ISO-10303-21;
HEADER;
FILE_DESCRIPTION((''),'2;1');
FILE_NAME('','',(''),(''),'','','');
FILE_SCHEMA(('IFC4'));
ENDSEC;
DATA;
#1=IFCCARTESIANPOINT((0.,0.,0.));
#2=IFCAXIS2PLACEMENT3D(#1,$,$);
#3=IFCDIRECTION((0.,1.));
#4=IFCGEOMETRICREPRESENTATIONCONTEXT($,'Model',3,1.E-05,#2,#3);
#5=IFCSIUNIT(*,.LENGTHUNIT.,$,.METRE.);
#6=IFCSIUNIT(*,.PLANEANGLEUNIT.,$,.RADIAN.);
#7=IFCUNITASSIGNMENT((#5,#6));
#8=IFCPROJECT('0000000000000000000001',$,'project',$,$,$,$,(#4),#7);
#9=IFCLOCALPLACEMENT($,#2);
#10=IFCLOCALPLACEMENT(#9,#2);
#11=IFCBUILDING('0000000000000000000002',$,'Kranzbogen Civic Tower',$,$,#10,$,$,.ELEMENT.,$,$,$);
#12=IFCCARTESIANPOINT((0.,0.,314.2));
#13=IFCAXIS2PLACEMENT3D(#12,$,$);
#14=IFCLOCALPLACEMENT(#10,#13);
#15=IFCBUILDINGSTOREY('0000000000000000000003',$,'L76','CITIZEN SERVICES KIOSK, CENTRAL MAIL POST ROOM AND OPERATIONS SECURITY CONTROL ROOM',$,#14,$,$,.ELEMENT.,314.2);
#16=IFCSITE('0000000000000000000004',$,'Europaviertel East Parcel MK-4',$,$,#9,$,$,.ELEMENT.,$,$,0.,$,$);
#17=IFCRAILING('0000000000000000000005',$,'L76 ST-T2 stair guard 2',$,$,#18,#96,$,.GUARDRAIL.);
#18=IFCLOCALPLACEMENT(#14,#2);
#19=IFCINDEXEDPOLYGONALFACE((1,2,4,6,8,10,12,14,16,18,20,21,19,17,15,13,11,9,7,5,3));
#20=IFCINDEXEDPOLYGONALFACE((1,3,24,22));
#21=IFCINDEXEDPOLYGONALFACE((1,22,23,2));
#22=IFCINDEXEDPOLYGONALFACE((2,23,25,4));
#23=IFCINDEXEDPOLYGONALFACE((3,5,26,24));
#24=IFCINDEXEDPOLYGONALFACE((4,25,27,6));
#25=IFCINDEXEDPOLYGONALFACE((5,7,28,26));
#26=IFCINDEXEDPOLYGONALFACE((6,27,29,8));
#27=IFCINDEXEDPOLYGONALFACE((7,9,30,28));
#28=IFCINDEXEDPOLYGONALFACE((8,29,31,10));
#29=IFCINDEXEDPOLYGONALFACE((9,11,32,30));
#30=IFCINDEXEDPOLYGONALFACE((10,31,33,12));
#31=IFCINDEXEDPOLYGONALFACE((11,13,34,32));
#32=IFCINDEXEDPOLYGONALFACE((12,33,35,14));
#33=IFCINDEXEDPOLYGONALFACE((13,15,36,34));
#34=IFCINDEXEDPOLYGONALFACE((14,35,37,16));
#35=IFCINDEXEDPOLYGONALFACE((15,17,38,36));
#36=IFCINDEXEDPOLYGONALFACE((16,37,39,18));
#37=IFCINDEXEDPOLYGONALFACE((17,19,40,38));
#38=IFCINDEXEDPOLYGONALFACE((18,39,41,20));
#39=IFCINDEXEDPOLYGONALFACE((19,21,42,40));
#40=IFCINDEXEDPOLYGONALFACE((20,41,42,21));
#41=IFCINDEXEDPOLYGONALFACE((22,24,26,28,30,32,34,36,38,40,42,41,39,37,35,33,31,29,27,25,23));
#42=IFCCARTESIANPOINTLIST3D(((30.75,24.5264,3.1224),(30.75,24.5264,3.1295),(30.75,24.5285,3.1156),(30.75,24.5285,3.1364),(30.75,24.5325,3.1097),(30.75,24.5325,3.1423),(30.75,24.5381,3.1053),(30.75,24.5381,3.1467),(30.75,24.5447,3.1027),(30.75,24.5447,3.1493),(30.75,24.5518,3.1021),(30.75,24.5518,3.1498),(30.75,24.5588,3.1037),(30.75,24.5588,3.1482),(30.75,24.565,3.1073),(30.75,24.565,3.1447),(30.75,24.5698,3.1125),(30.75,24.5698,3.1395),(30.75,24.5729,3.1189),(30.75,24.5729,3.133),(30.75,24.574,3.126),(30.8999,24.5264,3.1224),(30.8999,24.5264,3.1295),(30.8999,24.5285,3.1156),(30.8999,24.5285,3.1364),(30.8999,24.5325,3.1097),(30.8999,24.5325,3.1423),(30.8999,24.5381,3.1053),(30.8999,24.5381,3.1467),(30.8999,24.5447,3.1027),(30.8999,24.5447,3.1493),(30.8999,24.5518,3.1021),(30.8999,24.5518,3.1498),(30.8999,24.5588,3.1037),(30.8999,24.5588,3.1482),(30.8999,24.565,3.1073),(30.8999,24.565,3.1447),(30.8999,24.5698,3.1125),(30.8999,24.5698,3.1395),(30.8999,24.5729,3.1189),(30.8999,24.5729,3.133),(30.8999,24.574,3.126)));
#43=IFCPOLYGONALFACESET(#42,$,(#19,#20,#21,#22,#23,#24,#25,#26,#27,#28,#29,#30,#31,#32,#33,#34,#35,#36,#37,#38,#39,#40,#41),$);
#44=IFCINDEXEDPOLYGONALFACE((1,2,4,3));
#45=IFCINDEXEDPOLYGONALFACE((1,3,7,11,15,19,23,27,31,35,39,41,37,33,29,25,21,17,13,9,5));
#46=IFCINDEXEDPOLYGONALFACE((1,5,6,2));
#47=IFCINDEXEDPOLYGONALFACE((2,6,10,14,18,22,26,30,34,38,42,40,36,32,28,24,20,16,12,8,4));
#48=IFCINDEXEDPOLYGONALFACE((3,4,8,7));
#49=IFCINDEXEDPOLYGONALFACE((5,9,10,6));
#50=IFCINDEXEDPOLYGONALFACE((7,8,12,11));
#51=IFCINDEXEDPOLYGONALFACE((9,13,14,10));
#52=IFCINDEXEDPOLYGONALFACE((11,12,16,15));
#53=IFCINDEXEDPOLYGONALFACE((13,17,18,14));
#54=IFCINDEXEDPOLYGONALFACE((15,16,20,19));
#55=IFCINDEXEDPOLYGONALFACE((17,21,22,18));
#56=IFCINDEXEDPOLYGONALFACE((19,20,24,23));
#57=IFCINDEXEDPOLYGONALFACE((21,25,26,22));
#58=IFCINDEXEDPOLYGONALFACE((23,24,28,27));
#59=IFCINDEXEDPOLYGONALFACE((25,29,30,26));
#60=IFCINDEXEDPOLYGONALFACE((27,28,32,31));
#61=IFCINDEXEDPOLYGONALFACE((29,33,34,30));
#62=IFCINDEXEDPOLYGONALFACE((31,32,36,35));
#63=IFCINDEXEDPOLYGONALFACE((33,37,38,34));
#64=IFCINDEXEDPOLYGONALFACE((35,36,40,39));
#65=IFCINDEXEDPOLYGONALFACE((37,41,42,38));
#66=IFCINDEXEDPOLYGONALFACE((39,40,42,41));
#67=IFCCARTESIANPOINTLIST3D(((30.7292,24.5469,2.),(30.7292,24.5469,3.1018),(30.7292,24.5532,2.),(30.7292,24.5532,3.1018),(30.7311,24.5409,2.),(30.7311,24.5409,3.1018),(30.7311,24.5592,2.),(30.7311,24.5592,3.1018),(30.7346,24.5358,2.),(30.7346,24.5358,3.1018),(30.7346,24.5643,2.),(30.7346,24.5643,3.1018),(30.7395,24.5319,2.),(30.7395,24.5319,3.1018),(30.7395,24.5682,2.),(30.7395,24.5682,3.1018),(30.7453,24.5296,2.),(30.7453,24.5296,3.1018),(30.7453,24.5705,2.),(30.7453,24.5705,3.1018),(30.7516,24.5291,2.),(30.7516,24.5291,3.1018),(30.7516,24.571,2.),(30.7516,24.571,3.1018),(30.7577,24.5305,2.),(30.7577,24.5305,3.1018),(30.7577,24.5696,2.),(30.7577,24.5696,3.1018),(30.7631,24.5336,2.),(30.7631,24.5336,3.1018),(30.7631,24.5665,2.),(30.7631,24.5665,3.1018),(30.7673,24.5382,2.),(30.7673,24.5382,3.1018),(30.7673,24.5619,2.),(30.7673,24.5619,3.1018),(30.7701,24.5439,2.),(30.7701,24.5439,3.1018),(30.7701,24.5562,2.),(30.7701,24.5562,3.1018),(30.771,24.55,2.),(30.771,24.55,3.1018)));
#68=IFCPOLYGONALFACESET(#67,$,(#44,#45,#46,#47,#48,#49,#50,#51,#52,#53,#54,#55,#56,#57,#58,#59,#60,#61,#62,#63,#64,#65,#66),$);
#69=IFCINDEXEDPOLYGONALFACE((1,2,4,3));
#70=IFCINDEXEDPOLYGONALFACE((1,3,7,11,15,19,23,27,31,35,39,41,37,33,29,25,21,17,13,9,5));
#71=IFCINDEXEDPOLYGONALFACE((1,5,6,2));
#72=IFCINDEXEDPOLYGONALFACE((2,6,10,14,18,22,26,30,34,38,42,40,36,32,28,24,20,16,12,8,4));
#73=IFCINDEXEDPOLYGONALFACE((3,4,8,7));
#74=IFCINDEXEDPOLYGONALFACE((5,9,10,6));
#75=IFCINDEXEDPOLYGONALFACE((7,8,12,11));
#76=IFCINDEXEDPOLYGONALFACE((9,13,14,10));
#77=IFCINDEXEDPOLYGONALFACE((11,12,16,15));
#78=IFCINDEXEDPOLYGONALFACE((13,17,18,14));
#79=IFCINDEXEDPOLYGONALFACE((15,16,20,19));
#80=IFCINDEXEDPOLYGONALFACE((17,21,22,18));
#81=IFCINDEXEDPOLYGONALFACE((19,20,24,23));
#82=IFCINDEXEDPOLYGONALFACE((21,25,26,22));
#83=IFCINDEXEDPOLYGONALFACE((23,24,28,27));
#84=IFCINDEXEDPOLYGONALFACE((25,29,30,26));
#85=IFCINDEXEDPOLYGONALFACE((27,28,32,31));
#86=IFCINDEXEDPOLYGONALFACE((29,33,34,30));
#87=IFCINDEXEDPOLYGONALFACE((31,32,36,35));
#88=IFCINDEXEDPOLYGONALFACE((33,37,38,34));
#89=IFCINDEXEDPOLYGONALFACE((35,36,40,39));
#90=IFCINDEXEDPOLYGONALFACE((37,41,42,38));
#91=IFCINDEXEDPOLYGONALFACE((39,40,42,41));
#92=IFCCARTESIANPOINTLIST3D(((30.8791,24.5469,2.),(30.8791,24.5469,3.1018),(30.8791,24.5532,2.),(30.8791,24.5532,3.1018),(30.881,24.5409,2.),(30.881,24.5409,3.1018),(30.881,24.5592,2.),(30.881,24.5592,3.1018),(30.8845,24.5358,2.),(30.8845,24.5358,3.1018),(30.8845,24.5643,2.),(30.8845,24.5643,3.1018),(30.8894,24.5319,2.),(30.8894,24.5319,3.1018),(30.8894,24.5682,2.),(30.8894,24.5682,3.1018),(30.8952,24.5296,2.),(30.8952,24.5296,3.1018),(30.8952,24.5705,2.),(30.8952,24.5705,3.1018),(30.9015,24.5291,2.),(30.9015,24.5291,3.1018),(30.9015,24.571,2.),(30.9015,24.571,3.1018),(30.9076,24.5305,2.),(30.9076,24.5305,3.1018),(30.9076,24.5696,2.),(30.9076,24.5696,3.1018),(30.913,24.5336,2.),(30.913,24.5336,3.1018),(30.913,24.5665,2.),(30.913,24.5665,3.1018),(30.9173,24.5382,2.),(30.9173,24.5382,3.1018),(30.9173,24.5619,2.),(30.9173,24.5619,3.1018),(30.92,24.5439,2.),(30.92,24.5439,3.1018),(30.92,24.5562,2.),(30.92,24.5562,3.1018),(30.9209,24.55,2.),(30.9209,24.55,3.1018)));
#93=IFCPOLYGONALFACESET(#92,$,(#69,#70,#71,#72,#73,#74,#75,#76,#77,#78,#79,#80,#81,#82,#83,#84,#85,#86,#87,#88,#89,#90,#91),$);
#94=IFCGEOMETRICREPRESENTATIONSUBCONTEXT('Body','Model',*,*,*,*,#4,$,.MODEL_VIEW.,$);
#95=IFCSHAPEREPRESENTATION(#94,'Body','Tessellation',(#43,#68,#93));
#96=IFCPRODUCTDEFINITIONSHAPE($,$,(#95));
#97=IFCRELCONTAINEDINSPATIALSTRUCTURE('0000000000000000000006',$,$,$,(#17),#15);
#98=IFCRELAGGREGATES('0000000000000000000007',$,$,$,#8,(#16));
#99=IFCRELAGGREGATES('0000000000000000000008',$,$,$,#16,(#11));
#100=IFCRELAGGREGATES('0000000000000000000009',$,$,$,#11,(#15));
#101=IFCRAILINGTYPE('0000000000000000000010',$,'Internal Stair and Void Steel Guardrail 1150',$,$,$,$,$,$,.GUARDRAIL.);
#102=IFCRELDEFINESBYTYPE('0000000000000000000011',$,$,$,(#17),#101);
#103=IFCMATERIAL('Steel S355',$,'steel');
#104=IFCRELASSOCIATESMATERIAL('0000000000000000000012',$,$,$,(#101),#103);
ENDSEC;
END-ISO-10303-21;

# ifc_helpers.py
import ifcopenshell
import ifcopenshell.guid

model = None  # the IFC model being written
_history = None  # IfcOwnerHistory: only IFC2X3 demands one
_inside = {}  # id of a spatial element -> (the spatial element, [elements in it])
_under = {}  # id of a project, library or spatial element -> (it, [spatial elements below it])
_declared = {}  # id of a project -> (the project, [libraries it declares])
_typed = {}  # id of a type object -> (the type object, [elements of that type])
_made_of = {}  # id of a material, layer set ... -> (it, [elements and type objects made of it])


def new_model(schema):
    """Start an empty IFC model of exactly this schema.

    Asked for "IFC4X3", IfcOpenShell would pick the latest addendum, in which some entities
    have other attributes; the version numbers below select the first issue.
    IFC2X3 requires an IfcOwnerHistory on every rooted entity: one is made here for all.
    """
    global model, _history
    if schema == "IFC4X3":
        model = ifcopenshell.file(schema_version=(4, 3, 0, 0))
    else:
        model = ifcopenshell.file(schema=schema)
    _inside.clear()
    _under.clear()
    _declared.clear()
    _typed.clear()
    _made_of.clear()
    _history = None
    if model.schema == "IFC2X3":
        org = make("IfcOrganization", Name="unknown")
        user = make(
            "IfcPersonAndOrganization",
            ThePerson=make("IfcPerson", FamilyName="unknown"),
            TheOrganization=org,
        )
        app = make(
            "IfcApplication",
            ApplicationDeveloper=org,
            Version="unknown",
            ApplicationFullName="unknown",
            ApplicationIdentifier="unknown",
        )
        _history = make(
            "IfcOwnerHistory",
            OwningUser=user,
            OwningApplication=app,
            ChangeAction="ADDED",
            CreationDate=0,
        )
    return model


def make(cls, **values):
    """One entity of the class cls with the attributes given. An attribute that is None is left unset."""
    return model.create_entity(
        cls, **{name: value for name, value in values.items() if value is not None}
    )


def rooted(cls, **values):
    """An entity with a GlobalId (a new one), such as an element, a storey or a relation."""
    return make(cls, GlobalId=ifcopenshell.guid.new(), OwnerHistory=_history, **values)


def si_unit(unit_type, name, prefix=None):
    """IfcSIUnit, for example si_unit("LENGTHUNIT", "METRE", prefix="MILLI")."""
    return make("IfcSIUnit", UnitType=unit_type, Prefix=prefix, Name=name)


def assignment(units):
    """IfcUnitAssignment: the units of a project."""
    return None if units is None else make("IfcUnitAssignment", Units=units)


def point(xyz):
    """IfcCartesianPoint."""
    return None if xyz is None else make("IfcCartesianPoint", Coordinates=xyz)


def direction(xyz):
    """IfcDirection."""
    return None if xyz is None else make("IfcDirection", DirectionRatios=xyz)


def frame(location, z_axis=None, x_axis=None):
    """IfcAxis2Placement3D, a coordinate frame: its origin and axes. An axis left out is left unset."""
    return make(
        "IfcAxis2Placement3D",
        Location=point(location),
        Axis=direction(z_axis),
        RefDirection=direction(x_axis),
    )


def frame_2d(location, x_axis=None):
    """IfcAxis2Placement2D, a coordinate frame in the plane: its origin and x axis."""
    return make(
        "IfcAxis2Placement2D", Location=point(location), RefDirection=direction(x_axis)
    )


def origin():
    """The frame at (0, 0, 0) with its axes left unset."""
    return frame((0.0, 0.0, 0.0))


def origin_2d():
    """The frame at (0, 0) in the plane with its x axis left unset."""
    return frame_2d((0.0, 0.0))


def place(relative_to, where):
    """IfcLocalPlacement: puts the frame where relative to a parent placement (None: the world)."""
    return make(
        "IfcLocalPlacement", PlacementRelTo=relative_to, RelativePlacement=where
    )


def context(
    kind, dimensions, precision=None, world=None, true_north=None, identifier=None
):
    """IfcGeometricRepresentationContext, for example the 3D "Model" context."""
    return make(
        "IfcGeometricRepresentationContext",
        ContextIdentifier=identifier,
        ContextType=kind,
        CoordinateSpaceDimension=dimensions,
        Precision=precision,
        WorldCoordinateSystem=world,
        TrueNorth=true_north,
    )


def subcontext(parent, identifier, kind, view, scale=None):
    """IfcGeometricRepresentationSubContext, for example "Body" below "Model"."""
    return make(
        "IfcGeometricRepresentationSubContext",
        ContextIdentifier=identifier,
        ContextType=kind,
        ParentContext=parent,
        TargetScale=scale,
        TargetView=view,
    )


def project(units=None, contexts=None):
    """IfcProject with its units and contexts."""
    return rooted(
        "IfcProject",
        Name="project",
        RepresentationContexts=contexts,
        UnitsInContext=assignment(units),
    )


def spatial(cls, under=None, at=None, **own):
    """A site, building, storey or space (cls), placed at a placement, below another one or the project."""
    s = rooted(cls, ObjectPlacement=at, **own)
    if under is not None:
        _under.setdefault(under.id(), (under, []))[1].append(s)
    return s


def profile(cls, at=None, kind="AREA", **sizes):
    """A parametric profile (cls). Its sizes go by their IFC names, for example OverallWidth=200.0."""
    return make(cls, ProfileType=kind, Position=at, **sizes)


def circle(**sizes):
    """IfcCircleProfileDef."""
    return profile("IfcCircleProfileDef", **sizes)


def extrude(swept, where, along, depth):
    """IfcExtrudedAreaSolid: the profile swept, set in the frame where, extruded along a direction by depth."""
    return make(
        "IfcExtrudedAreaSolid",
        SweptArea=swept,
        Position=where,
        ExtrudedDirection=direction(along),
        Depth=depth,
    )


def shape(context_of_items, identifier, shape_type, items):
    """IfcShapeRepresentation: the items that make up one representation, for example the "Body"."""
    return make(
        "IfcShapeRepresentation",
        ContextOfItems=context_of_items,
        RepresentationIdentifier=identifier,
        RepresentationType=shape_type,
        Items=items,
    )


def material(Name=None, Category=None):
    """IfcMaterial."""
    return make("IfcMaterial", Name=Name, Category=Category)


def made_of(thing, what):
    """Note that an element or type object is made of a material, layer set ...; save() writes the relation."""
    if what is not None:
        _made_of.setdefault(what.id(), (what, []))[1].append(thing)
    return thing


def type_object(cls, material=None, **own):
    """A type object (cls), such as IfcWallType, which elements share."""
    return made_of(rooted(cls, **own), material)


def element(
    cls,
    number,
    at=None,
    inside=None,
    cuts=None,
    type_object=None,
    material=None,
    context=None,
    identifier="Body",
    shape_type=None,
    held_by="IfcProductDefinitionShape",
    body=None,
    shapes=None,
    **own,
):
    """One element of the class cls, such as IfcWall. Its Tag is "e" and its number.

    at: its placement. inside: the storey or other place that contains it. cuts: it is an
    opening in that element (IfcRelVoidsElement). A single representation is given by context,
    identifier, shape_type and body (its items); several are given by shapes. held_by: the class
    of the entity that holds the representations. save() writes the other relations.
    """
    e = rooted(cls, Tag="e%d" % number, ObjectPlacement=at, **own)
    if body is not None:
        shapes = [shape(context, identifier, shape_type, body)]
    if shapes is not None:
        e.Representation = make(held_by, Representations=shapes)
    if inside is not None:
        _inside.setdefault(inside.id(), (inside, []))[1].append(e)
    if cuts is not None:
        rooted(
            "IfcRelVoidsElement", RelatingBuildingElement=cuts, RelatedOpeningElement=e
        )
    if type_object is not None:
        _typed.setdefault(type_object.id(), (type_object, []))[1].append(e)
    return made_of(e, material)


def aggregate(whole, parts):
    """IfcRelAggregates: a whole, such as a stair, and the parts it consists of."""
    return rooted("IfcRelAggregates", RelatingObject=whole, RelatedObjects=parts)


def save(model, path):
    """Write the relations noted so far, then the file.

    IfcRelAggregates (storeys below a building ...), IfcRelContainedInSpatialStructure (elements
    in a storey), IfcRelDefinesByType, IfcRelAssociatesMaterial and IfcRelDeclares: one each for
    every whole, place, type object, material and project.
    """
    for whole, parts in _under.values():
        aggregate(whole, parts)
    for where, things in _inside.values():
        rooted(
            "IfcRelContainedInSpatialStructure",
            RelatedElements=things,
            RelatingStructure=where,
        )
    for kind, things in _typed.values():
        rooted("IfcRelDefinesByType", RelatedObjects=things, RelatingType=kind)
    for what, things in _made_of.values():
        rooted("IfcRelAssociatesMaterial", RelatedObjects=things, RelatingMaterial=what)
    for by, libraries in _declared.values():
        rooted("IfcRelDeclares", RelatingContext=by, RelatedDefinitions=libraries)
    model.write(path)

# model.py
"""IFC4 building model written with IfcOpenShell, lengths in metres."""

from ifc_helpers import new_model, si_unit, direction, frame, origin, origin_2d, place, context, subcontext, project, spatial, circle, extrude, material, type_object, element, save


model = new_model("IFC4")

# Units and contexts
model_context = context("Model", 3, precision=1e-05, world=origin(), true_north=direction((0.0, 1.0)))
body_context = subcontext(model_context, "Body", "Model", "MODEL_VIEW")
ifc_project = project(units=[si_unit("LENGTHUNIT", "METRE"), si_unit("PLANEANGLEUNIT", "RADIAN")], contexts=[model_context])

# Site, building, storey
site_placement = place(None, origin())
site = spatial("IfcSite", under=ifc_project, at=site_placement, Name="Europaviertel East Parcel MK-4", CompositionType="ELEMENT", RefElevation=0.0)
building_placement = place(site_placement, origin())
building = spatial("IfcBuilding", under=site, at=building_placement, Name="Kranzbogen Civic Tower", CompositionType="ELEMENT")
storey_placement = place(building_placement, frame((0.0, 0.0, 314.2)))
storey = spatial("IfcBuildingStorey", under=building, at=storey_placement, Name="L76", Description="CITIZEN SERVICES KIOSK, CENTRAL MAIL POST ROOM AND OPERATIONS SECURITY CONTROL ROOM", CompositionType="ELEMENT", Elevation=314.2)

# Shared definitions
ifc_material_1 = material(Name="Steel S355", Category="steel")

# Railing
railing_type_1 = type_object("IfcRailingType", Name="Internal Stair and Void Steel Guardrail 1150", PredefinedType="GUARDRAIL", material=ifc_material_1)
railing_1_placement = place(storey_placement, frame((30.75, 24.55, 2.0)))
element("IfcRailing", 1, at=railing_1_placement, inside=storey, type_object=railing_type_1, Name="L76 ST-T2 stair guard 2", PredefinedType="GUARDRAIL", context=body_context, shape_type="SweptSolid", body=[
    extrude(circle(Radius=0.0239, at=origin_2d()), frame((0.0, 0.0, 1.126), z_axis=(1.0, 0.0, 0.0), x_axis=(0.0, 1.0, 0.0)), (0.0, 0.0, 1.0), 0.1499),
    extrude(circle(Radius=0.021, at=origin_2d()), origin(), (0.0, 0.0, 1.0), 1.1018),
    extrude(circle(Radius=0.021, at=origin_2d()), frame((0.1499, 0.0, 0.0)), (0.0, 0.0, 1.0), 1.1018),
])

save(model, "model.ifc")
